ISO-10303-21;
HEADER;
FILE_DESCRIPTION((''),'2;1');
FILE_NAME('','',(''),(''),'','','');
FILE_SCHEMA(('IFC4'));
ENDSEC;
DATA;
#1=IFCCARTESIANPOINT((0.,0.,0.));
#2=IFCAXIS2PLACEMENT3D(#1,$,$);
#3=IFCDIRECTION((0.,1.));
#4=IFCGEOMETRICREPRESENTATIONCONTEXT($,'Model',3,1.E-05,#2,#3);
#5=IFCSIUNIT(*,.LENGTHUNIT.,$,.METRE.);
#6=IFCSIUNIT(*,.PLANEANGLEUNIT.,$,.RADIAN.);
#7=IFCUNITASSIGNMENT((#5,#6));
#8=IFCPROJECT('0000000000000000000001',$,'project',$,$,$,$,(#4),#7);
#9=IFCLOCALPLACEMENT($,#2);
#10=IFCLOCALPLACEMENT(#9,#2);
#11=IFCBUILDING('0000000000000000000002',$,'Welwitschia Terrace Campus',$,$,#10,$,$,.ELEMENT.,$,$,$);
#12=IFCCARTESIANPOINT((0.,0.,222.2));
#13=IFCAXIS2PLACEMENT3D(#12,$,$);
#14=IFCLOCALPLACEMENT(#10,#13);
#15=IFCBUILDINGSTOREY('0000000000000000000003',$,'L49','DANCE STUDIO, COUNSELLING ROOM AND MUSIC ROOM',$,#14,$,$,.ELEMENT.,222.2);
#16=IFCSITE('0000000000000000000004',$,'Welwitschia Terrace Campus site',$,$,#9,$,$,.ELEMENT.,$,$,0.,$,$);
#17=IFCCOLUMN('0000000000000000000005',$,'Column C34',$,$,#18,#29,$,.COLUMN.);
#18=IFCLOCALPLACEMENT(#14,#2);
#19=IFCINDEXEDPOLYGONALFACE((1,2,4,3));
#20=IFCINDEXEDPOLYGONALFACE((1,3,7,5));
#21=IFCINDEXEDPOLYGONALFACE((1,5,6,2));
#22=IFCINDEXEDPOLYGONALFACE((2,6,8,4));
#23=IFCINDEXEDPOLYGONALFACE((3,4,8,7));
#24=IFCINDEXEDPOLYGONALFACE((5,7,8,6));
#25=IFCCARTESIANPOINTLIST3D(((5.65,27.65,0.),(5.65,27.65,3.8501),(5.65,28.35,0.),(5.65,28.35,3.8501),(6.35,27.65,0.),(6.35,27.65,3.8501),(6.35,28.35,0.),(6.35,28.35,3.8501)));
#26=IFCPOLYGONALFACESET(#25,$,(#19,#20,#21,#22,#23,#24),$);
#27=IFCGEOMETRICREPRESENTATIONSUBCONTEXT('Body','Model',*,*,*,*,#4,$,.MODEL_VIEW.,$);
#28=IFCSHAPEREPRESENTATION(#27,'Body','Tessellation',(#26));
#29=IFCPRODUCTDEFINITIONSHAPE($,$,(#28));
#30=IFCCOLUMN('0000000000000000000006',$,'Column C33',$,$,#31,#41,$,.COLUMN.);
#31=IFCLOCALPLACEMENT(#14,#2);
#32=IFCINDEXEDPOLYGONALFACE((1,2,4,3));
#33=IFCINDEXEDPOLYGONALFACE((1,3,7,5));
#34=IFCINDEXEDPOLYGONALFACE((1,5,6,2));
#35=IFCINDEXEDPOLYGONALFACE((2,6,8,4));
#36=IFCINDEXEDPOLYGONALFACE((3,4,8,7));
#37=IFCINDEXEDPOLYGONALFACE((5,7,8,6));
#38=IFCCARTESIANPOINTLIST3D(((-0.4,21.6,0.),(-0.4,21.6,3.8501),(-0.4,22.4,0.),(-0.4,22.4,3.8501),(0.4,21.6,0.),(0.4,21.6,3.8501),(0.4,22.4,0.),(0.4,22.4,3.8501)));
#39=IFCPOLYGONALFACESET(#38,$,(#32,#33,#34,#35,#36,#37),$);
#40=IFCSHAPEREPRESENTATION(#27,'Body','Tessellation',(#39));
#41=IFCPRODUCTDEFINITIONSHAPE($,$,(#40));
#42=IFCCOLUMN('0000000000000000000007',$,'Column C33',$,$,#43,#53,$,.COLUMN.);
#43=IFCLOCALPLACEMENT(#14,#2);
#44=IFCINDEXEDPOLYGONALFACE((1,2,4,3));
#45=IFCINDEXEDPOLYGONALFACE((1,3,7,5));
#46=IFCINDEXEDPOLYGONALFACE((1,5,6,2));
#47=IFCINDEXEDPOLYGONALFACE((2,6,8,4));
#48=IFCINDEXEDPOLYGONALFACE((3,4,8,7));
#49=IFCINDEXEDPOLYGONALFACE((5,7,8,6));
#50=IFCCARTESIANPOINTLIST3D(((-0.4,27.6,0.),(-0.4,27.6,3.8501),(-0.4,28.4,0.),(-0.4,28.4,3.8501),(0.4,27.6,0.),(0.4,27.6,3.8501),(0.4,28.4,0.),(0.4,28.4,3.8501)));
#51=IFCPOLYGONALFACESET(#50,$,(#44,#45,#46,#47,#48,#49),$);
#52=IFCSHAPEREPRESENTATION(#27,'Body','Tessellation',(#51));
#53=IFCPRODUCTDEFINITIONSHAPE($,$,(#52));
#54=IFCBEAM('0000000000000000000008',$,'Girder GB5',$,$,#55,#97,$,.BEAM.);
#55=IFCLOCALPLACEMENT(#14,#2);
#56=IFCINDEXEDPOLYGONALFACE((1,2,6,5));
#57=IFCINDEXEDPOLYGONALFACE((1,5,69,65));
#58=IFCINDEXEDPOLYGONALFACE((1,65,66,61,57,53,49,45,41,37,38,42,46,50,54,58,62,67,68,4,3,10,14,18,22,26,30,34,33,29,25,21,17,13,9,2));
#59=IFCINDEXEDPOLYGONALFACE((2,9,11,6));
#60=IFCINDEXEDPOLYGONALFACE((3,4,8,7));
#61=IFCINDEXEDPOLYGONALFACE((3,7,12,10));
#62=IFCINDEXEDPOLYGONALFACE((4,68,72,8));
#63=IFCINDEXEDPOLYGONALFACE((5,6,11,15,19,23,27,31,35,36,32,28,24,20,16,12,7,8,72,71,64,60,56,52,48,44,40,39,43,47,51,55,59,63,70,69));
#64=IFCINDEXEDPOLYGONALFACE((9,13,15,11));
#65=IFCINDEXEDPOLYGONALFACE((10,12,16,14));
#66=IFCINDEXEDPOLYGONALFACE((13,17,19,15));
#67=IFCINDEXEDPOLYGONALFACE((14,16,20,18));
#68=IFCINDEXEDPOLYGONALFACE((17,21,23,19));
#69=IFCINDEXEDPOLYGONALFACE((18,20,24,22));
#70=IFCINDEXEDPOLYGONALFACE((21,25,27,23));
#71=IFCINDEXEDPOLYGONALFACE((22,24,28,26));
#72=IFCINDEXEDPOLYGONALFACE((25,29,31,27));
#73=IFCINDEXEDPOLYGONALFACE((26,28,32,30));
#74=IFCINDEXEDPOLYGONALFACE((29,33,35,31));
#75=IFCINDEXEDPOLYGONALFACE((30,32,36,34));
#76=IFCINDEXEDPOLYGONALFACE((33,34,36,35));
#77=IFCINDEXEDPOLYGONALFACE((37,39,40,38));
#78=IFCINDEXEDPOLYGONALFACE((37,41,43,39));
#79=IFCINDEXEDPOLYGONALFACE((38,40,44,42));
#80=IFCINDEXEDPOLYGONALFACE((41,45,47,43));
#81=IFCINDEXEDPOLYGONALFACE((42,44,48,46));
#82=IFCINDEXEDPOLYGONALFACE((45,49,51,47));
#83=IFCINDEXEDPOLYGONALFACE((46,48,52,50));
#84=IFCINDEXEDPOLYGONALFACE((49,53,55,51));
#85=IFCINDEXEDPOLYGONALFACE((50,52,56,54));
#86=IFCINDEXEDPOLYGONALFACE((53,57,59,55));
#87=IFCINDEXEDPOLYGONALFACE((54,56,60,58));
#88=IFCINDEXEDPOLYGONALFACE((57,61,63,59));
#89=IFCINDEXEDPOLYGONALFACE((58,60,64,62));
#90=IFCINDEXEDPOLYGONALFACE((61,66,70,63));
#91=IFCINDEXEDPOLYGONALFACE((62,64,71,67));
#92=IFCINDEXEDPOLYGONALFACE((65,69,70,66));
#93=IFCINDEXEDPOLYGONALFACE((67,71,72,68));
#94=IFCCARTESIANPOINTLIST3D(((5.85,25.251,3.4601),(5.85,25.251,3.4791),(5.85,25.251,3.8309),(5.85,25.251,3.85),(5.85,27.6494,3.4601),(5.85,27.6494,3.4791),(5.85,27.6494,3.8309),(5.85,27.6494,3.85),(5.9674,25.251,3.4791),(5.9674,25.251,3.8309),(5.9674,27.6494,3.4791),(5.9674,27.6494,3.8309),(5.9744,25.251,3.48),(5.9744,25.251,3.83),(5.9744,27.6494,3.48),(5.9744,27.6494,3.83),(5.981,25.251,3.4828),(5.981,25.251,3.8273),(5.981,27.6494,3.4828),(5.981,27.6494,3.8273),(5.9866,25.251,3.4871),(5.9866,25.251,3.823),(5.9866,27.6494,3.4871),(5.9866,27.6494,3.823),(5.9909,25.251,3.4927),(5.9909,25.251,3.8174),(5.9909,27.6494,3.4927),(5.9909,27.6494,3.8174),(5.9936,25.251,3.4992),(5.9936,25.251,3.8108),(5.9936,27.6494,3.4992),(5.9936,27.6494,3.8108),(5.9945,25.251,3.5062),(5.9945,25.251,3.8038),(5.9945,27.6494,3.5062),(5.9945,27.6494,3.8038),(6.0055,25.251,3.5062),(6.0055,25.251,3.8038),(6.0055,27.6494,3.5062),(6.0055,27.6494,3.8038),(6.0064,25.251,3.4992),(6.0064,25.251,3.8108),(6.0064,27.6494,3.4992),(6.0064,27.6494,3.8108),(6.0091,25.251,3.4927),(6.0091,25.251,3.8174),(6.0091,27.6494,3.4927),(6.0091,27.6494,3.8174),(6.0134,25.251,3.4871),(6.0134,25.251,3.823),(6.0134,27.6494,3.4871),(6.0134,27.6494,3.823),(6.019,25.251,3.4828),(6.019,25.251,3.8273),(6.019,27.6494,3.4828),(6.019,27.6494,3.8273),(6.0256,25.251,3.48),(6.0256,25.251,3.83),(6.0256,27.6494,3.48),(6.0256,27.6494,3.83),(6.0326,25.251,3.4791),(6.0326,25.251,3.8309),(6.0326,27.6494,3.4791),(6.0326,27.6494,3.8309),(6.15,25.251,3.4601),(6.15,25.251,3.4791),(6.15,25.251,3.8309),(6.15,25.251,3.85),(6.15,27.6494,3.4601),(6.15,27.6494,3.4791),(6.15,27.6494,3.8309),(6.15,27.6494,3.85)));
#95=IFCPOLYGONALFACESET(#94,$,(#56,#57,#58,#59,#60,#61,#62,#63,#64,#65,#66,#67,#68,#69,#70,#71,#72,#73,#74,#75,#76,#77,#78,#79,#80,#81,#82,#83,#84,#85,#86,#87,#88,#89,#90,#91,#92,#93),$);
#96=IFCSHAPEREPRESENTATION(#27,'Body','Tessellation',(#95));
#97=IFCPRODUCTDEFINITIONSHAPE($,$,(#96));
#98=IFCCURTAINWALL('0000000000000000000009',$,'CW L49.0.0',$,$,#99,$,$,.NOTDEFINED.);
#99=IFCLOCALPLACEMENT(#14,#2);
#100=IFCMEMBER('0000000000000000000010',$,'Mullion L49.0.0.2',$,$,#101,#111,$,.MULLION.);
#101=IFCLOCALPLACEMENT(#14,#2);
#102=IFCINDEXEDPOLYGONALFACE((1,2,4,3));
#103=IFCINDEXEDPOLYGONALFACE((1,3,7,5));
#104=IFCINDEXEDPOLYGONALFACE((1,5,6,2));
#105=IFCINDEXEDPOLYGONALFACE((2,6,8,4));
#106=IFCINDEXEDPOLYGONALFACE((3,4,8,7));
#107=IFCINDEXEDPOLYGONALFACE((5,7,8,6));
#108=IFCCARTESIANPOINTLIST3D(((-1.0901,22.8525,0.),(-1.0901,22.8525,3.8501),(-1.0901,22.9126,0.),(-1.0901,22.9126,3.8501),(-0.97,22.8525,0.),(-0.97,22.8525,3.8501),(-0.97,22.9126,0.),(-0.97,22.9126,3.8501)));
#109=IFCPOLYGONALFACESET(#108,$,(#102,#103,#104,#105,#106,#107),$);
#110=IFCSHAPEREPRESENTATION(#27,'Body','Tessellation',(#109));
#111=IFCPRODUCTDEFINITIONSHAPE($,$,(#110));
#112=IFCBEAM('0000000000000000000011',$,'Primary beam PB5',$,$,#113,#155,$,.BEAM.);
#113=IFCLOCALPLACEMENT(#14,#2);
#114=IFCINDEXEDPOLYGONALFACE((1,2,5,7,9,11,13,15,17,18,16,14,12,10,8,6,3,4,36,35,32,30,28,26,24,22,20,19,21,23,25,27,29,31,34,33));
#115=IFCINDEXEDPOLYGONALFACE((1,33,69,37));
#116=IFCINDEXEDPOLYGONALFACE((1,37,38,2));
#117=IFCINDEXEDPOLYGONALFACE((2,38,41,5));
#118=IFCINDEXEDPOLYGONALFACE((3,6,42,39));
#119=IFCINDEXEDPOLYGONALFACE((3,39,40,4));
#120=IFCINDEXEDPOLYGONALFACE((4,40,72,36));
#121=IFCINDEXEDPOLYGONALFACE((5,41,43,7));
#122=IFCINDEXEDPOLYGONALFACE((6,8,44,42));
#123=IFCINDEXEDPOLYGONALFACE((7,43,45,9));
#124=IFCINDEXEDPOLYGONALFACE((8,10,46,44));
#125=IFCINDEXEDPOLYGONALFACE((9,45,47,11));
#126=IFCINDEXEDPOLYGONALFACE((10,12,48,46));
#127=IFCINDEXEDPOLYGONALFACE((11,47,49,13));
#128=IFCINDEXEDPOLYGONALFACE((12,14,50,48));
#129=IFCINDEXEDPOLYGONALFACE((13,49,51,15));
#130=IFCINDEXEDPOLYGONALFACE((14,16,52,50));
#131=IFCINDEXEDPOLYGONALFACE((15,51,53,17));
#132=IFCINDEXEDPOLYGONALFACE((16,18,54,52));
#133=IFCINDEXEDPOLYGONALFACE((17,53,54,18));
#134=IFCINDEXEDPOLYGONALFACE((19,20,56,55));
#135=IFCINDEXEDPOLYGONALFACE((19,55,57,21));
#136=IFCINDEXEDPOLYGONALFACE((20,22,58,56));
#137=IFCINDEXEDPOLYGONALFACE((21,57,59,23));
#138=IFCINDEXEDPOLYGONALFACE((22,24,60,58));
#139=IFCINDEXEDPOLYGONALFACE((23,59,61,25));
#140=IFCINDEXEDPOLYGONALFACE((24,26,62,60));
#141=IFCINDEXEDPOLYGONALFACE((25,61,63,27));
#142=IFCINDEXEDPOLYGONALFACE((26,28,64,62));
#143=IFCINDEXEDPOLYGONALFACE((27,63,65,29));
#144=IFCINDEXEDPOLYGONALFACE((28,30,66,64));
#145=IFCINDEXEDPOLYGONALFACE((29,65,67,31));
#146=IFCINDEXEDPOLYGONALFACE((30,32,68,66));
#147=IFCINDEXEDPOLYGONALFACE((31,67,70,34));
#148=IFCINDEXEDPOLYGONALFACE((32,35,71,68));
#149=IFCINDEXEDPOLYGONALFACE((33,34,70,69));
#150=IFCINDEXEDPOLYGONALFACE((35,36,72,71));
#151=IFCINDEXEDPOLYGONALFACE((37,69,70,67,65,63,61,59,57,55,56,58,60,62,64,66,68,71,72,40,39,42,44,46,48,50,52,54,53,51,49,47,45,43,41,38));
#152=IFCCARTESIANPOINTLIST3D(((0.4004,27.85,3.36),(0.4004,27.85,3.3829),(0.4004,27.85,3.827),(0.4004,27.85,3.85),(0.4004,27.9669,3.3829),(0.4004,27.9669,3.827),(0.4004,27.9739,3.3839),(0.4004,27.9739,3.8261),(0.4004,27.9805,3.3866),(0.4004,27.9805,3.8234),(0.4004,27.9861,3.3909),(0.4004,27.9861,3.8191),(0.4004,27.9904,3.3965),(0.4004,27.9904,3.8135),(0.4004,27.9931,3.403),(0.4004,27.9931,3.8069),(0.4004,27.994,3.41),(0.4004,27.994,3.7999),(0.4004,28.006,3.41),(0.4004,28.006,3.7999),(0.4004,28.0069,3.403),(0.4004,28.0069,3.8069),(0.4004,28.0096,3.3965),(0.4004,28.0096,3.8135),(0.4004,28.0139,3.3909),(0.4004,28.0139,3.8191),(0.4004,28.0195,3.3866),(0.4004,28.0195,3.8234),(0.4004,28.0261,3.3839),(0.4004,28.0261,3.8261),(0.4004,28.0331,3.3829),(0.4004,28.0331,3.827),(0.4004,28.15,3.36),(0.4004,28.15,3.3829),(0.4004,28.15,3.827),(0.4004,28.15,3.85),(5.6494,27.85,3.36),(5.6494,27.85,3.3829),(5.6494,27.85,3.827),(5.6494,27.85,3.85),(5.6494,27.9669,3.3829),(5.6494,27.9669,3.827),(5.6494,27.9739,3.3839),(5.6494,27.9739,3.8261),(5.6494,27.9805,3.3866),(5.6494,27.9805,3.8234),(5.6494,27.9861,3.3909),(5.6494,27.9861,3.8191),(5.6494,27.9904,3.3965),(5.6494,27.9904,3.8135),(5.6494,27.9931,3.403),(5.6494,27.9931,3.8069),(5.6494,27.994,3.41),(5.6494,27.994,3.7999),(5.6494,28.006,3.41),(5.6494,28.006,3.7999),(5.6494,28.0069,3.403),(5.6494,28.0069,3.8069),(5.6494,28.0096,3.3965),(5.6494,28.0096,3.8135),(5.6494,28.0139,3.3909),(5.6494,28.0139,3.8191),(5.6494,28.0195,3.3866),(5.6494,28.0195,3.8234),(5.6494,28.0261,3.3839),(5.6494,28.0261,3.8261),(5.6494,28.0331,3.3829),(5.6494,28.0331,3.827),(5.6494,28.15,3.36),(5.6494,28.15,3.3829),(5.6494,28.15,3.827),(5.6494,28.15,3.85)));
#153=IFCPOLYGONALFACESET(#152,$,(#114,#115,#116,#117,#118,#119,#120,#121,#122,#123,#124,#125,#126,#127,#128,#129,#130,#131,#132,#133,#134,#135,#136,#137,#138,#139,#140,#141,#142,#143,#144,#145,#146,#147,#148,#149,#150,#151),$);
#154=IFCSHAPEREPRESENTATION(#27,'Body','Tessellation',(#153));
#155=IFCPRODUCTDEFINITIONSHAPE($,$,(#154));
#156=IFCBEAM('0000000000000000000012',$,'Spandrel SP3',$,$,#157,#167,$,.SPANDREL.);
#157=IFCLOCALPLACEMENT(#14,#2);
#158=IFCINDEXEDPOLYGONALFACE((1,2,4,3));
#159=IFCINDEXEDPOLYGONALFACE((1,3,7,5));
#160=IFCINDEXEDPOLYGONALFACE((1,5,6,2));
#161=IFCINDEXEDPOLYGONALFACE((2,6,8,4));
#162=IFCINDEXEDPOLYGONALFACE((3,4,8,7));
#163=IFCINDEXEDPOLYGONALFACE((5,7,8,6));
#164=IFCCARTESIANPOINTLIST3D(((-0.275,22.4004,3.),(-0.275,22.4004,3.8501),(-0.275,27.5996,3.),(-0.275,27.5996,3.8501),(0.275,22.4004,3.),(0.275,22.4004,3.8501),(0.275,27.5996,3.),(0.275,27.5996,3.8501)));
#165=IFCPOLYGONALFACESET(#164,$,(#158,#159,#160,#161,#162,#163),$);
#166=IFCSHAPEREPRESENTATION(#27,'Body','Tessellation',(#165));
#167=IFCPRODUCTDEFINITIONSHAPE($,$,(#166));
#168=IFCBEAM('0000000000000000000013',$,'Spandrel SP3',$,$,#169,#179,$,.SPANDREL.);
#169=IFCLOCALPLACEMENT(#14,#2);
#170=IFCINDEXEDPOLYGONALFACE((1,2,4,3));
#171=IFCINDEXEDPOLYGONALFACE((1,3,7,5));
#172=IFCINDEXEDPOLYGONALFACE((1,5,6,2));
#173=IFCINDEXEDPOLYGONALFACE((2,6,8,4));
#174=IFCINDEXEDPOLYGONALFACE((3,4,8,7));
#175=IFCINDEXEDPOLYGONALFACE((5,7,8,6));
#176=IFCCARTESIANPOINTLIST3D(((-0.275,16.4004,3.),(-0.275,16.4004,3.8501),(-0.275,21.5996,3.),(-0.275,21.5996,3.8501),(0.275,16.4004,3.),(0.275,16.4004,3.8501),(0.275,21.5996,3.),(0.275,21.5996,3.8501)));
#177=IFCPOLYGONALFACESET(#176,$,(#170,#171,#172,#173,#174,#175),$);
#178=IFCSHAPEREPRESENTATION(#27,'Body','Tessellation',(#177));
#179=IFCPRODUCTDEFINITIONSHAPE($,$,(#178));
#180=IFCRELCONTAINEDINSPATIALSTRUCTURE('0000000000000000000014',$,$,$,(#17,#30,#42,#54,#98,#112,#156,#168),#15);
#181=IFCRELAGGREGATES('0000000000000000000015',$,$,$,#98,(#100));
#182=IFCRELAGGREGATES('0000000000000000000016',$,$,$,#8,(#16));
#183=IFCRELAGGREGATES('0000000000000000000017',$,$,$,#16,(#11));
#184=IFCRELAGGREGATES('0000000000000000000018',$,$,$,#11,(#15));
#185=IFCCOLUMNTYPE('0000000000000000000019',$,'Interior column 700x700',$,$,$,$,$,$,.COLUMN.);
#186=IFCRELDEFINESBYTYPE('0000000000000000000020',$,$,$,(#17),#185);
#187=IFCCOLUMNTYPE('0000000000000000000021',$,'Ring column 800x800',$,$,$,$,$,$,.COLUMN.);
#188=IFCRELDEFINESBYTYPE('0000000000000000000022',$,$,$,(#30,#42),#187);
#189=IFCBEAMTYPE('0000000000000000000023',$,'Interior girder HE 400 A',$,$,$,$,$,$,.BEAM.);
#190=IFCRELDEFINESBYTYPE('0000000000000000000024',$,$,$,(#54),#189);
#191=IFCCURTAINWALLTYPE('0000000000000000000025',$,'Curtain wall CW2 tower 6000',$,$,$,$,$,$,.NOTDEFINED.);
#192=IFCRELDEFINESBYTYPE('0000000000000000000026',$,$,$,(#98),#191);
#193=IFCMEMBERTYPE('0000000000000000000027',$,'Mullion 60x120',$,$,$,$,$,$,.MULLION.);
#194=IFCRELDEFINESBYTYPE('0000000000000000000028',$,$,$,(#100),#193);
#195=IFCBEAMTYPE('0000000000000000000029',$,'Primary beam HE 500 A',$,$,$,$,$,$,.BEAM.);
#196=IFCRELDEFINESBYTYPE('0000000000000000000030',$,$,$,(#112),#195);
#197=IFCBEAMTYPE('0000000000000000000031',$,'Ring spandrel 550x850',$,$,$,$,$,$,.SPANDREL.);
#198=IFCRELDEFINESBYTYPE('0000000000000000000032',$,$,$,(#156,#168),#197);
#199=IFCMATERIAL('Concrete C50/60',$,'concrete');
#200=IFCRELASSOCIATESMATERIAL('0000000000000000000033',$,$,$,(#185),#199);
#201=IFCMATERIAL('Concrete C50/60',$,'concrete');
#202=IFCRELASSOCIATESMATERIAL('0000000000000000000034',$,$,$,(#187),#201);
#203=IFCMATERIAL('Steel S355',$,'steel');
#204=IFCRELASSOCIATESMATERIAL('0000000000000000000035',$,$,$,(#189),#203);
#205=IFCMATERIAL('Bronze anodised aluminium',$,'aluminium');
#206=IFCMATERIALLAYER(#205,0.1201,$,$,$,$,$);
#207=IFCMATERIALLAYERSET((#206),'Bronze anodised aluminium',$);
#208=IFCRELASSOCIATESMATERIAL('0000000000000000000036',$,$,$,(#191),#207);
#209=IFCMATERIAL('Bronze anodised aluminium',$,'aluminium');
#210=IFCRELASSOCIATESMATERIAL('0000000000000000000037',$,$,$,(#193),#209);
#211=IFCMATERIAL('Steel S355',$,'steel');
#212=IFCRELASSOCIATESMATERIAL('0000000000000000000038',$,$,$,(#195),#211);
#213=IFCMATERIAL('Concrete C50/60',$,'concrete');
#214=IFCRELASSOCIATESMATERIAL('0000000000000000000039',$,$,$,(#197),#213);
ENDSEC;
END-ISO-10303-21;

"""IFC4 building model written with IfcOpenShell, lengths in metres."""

from ifc_helpers import new_model, si_unit, direction, frame, origin, origin_2d, place, context, subcontext, project, spatial, rectangle, i_section, extrude, material, layer, layer_set, material_profile, profile_set, type_object, element, aggregate, save


model = new_model("IFC4")

# Units and contexts
model_context = context("Model", 3, precision=1e-05, world=origin(), true_north=direction((0.0, 1.0)))
body_context = subcontext(model_context, "Body", "Model", "MODEL_VIEW")
ifc_project = project(units=[si_unit("LENGTHUNIT", "METRE"), si_unit("PLANEANGLEUNIT", "RADIAN")], contexts=[model_context])

# Site, building, storey
site_placement = place(None, origin())
site = spatial("IfcSite", under=ifc_project, at=site_placement, Name="Welwitschia Terrace Campus site", CompositionType="ELEMENT", RefElevation=0.0)
building_placement = place(site_placement, origin())
building = spatial("IfcBuilding", under=site, at=building_placement, Name="Welwitschia Terrace Campus", CompositionType="ELEMENT")
storey_placement = place(building_placement, frame((0.0, 0.0, 222.2)))
storey = spatial("IfcBuildingStorey", under=building, at=storey_placement, Name="L49", Description="DANCE STUDIO, COUNSELLING ROOM AND MUSIC ROOM", CompositionType="ELEMENT", Elevation=222.2)

# Columns
ifc_material_1 = material(Name="Concrete C50/60", Category="concrete")
ifc_material_profile_1 = material_profile(ifc_material_1, rectangle(XDim=0.7, YDim=0.7, at=origin_2d()))
ifc_profile_set_1 = profile_set([ifc_material_profile_1], Name="Concrete C50/60")
column_type_1 = type_object("IfcColumnType", Name="Interior column 700x700", PredefinedType="COLUMN", material=ifc_profile_set_1)
column_placement = place(storey_placement, frame((6.0, 28.0, 0.0), z_axis=(0.0, 0.0, 1.0), x_axis=(1.0, 0.0, 0.0)))
element("IfcColumn", 1, at=column_placement, inside=storey, type_object=column_type_1, Name="Column C34", PredefinedType="COLUMN", context=body_context, shape_type="SweptSolid", body=[
    extrude(rectangle(XDim=0.7, YDim=0.7, at=origin_2d()), origin(), (0.0, 0.0, 1.0), 3.8501),
])
ifc_material_2 = material(Name="Concrete C50/60", Category="concrete")
ifc_material_profile_2 = material_profile(ifc_material_2, rectangle(XDim=0.8, YDim=0.8, at=origin_2d()))
ifc_profile_set_2 = profile_set([ifc_material_profile_2], Name="Concrete C50/60")
column_type_2 = type_object("IfcColumnType", Name="Ring column 800x800", PredefinedType="COLUMN", material=ifc_profile_set_2)
for number, where, z_axis, x_axis, name in (
    (2, (0.0, 22.0, 0.0), (0.0, 0.0, 1.0), (1.0, 0.0, 0.0), "Column C33"),
    (3, (0.0, 28.0, 0.0), (0.0, 0.0, 1.0), (1.0, 0.0, 0.0), "Column C33"),
):
    element("IfcColumn", number, at=place(storey_placement, frame(where, z_axis=z_axis, x_axis=x_axis)), inside=storey, type_object=column_type_2, Name=name, PredefinedType="COLUMN", context=body_context, shape_type="SweptSolid", body=[
        extrude(rectangle(XDim=0.8, YDim=0.8, at=origin_2d()), origin(), (0.0, 0.0, 1.0), 3.8501),
    ])

# Beam
ifc_material_3 = material(Name="Steel S355", Category="steel")
ifc_material_profile_3 = material_profile(ifc_material_3, i_section(OverallWidth=0.3, OverallDepth=0.3899, WebThickness=0.011, FlangeThickness=0.019, FilletRadius=0.0271, at=origin_2d()))
ifc_profile_set_3 = profile_set([ifc_material_profile_3], Name="Steel S355")
beam_type_1 = type_object("IfcBeamType", Name="Interior girder HE 400 A", PredefinedType="BEAM", material=ifc_profile_set_3)
beam_1_placement = place(storey_placement, frame((6.0, 25.251, 3.655), z_axis=(0.0, 1.0, 0.0), x_axis=(-1.0, 0.0, 0.0)))
element("IfcBeam", 4, at=beam_1_placement, inside=storey, type_object=beam_type_1, Name="Girder GB5", PredefinedType="BEAM", context=body_context, shape_type="SweptSolid", body=[
    extrude(i_section(OverallWidth=0.3, OverallDepth=0.3899, WebThickness=0.011, FlangeThickness=0.019, FilletRadius=0.0271, at=origin_2d()), origin(), (0.0, 0.0, 1.0), 2.3984),
])

# Curtain wall, member
ifc_material_4 = material(Name="Bronze anodised aluminium", Category="aluminium")
ifc_layer_1 = layer(ifc_material_4, 0.1201)
ifc_layer_set_1 = layer_set([ifc_layer_1], Name="Bronze anodised aluminium")
curtain_wall_type = type_object("IfcCurtainWallType", Name="Curtain wall CW2 tower 6000", PredefinedType="NOTDEFINED", material=ifc_layer_set_1)
curtain_wall_placement = place(storey_placement, origin())
curtain_wall = element("IfcCurtainWall", 5, at=curtain_wall_placement, inside=storey, type_object=curtain_wall_type, Name="CW L49.0.0", PredefinedType="NOTDEFINED")
ifc_material_5 = material(Name="Bronze anodised aluminium", Category="aluminium")
ifc_material_profile_4 = material_profile(ifc_material_5, rectangle(XDim=0.1201, YDim=0.0601, at=origin_2d()))
ifc_profile_set_4 = profile_set([ifc_material_profile_4], Name="Bronze anodised aluminium")
member_type = type_object("IfcMemberType", Name="Mullion 60x120", PredefinedType="MULLION", material=ifc_profile_set_4)
member_placement = place(storey_placement, frame((-1.03, 22.8826, 0.0), z_axis=(0.0, 0.0, 1.0), x_axis=(1.0, 0.0, 0.0)))
member = element("IfcMember", 6, at=member_placement, type_object=member_type, Name="Mullion L49.0.0.2", PredefinedType="MULLION", context=body_context, shape_type="SweptSolid", body=[
    extrude(rectangle(XDim=0.1201, YDim=0.0601, at=origin_2d()), origin(), (0.0, 0.0, 1.0), 3.8501),
])

# Beams
ifc_material_6 = material(Name="Steel S355", Category="steel")
ifc_material_profile_5 = material_profile(ifc_material_6, i_section(OverallWidth=0.3, OverallDepth=0.49, WebThickness=0.012, FlangeThickness=0.0229, FilletRadius=0.0271, at=origin_2d()))
ifc_profile_set_5 = profile_set([ifc_material_profile_5], Name="Steel S355")
beam_type_2 = type_object("IfcBeamType", Name="Primary beam HE 500 A", PredefinedType="BEAM", material=ifc_profile_set_5)
beam_2_placement = place(storey_placement, frame((0.4004, 28.0, 3.605), z_axis=(1.0, 0.0, 0.0), x_axis=(0.0, 1.0, 0.0)))
element("IfcBeam", 7, at=beam_2_placement, inside=storey, type_object=beam_type_2, Name="Primary beam PB5", PredefinedType="BEAM", context=body_context, shape_type="SweptSolid", body=[
    extrude(i_section(OverallWidth=0.3, OverallDepth=0.49, WebThickness=0.012, FlangeThickness=0.0229, FilletRadius=0.0271, at=origin_2d()), origin(), (0.0, 0.0, 1.0), 5.249),
])
ifc_material_7 = material(Name="Concrete C50/60", Category="concrete")
ifc_material_profile_6 = material_profile(ifc_material_7, rectangle(XDim=0.55, YDim=0.8501, at=origin_2d()))
ifc_profile_set_6 = profile_set([ifc_material_profile_6], Name="Concrete C50/60")
beam_type_3 = type_object("IfcBeamType", Name="Ring spandrel 550x850", PredefinedType="SPANDREL", material=ifc_profile_set_6)
for number, where, z_axis, x_axis, name in (
    (8, (0.0, 27.5996, 3.425), (0.0, -1.0, 0.0), (1.0, 0.0, 0.0), "Spandrel SP3"),
    (9, (0.0, 21.5996, 3.425), (0.0, -1.0, 0.0), (1.0, 0.0, 0.0), "Spandrel SP3"),
):
    element("IfcBeam", number, at=place(storey_placement, frame(where, z_axis=z_axis, x_axis=x_axis)), inside=storey, type_object=beam_type_3, Name=name, PredefinedType="SPANDREL", context=body_context, shape_type="SweptSolid", body=[
        extrude(rectangle(XDim=0.55, YDim=0.8501, at=origin_2d()), origin(), (0.0, 0.0, 1.0), 5.1992),
    ])

aggregate(curtain_wall, [member])

save(model, "model.ifc")
